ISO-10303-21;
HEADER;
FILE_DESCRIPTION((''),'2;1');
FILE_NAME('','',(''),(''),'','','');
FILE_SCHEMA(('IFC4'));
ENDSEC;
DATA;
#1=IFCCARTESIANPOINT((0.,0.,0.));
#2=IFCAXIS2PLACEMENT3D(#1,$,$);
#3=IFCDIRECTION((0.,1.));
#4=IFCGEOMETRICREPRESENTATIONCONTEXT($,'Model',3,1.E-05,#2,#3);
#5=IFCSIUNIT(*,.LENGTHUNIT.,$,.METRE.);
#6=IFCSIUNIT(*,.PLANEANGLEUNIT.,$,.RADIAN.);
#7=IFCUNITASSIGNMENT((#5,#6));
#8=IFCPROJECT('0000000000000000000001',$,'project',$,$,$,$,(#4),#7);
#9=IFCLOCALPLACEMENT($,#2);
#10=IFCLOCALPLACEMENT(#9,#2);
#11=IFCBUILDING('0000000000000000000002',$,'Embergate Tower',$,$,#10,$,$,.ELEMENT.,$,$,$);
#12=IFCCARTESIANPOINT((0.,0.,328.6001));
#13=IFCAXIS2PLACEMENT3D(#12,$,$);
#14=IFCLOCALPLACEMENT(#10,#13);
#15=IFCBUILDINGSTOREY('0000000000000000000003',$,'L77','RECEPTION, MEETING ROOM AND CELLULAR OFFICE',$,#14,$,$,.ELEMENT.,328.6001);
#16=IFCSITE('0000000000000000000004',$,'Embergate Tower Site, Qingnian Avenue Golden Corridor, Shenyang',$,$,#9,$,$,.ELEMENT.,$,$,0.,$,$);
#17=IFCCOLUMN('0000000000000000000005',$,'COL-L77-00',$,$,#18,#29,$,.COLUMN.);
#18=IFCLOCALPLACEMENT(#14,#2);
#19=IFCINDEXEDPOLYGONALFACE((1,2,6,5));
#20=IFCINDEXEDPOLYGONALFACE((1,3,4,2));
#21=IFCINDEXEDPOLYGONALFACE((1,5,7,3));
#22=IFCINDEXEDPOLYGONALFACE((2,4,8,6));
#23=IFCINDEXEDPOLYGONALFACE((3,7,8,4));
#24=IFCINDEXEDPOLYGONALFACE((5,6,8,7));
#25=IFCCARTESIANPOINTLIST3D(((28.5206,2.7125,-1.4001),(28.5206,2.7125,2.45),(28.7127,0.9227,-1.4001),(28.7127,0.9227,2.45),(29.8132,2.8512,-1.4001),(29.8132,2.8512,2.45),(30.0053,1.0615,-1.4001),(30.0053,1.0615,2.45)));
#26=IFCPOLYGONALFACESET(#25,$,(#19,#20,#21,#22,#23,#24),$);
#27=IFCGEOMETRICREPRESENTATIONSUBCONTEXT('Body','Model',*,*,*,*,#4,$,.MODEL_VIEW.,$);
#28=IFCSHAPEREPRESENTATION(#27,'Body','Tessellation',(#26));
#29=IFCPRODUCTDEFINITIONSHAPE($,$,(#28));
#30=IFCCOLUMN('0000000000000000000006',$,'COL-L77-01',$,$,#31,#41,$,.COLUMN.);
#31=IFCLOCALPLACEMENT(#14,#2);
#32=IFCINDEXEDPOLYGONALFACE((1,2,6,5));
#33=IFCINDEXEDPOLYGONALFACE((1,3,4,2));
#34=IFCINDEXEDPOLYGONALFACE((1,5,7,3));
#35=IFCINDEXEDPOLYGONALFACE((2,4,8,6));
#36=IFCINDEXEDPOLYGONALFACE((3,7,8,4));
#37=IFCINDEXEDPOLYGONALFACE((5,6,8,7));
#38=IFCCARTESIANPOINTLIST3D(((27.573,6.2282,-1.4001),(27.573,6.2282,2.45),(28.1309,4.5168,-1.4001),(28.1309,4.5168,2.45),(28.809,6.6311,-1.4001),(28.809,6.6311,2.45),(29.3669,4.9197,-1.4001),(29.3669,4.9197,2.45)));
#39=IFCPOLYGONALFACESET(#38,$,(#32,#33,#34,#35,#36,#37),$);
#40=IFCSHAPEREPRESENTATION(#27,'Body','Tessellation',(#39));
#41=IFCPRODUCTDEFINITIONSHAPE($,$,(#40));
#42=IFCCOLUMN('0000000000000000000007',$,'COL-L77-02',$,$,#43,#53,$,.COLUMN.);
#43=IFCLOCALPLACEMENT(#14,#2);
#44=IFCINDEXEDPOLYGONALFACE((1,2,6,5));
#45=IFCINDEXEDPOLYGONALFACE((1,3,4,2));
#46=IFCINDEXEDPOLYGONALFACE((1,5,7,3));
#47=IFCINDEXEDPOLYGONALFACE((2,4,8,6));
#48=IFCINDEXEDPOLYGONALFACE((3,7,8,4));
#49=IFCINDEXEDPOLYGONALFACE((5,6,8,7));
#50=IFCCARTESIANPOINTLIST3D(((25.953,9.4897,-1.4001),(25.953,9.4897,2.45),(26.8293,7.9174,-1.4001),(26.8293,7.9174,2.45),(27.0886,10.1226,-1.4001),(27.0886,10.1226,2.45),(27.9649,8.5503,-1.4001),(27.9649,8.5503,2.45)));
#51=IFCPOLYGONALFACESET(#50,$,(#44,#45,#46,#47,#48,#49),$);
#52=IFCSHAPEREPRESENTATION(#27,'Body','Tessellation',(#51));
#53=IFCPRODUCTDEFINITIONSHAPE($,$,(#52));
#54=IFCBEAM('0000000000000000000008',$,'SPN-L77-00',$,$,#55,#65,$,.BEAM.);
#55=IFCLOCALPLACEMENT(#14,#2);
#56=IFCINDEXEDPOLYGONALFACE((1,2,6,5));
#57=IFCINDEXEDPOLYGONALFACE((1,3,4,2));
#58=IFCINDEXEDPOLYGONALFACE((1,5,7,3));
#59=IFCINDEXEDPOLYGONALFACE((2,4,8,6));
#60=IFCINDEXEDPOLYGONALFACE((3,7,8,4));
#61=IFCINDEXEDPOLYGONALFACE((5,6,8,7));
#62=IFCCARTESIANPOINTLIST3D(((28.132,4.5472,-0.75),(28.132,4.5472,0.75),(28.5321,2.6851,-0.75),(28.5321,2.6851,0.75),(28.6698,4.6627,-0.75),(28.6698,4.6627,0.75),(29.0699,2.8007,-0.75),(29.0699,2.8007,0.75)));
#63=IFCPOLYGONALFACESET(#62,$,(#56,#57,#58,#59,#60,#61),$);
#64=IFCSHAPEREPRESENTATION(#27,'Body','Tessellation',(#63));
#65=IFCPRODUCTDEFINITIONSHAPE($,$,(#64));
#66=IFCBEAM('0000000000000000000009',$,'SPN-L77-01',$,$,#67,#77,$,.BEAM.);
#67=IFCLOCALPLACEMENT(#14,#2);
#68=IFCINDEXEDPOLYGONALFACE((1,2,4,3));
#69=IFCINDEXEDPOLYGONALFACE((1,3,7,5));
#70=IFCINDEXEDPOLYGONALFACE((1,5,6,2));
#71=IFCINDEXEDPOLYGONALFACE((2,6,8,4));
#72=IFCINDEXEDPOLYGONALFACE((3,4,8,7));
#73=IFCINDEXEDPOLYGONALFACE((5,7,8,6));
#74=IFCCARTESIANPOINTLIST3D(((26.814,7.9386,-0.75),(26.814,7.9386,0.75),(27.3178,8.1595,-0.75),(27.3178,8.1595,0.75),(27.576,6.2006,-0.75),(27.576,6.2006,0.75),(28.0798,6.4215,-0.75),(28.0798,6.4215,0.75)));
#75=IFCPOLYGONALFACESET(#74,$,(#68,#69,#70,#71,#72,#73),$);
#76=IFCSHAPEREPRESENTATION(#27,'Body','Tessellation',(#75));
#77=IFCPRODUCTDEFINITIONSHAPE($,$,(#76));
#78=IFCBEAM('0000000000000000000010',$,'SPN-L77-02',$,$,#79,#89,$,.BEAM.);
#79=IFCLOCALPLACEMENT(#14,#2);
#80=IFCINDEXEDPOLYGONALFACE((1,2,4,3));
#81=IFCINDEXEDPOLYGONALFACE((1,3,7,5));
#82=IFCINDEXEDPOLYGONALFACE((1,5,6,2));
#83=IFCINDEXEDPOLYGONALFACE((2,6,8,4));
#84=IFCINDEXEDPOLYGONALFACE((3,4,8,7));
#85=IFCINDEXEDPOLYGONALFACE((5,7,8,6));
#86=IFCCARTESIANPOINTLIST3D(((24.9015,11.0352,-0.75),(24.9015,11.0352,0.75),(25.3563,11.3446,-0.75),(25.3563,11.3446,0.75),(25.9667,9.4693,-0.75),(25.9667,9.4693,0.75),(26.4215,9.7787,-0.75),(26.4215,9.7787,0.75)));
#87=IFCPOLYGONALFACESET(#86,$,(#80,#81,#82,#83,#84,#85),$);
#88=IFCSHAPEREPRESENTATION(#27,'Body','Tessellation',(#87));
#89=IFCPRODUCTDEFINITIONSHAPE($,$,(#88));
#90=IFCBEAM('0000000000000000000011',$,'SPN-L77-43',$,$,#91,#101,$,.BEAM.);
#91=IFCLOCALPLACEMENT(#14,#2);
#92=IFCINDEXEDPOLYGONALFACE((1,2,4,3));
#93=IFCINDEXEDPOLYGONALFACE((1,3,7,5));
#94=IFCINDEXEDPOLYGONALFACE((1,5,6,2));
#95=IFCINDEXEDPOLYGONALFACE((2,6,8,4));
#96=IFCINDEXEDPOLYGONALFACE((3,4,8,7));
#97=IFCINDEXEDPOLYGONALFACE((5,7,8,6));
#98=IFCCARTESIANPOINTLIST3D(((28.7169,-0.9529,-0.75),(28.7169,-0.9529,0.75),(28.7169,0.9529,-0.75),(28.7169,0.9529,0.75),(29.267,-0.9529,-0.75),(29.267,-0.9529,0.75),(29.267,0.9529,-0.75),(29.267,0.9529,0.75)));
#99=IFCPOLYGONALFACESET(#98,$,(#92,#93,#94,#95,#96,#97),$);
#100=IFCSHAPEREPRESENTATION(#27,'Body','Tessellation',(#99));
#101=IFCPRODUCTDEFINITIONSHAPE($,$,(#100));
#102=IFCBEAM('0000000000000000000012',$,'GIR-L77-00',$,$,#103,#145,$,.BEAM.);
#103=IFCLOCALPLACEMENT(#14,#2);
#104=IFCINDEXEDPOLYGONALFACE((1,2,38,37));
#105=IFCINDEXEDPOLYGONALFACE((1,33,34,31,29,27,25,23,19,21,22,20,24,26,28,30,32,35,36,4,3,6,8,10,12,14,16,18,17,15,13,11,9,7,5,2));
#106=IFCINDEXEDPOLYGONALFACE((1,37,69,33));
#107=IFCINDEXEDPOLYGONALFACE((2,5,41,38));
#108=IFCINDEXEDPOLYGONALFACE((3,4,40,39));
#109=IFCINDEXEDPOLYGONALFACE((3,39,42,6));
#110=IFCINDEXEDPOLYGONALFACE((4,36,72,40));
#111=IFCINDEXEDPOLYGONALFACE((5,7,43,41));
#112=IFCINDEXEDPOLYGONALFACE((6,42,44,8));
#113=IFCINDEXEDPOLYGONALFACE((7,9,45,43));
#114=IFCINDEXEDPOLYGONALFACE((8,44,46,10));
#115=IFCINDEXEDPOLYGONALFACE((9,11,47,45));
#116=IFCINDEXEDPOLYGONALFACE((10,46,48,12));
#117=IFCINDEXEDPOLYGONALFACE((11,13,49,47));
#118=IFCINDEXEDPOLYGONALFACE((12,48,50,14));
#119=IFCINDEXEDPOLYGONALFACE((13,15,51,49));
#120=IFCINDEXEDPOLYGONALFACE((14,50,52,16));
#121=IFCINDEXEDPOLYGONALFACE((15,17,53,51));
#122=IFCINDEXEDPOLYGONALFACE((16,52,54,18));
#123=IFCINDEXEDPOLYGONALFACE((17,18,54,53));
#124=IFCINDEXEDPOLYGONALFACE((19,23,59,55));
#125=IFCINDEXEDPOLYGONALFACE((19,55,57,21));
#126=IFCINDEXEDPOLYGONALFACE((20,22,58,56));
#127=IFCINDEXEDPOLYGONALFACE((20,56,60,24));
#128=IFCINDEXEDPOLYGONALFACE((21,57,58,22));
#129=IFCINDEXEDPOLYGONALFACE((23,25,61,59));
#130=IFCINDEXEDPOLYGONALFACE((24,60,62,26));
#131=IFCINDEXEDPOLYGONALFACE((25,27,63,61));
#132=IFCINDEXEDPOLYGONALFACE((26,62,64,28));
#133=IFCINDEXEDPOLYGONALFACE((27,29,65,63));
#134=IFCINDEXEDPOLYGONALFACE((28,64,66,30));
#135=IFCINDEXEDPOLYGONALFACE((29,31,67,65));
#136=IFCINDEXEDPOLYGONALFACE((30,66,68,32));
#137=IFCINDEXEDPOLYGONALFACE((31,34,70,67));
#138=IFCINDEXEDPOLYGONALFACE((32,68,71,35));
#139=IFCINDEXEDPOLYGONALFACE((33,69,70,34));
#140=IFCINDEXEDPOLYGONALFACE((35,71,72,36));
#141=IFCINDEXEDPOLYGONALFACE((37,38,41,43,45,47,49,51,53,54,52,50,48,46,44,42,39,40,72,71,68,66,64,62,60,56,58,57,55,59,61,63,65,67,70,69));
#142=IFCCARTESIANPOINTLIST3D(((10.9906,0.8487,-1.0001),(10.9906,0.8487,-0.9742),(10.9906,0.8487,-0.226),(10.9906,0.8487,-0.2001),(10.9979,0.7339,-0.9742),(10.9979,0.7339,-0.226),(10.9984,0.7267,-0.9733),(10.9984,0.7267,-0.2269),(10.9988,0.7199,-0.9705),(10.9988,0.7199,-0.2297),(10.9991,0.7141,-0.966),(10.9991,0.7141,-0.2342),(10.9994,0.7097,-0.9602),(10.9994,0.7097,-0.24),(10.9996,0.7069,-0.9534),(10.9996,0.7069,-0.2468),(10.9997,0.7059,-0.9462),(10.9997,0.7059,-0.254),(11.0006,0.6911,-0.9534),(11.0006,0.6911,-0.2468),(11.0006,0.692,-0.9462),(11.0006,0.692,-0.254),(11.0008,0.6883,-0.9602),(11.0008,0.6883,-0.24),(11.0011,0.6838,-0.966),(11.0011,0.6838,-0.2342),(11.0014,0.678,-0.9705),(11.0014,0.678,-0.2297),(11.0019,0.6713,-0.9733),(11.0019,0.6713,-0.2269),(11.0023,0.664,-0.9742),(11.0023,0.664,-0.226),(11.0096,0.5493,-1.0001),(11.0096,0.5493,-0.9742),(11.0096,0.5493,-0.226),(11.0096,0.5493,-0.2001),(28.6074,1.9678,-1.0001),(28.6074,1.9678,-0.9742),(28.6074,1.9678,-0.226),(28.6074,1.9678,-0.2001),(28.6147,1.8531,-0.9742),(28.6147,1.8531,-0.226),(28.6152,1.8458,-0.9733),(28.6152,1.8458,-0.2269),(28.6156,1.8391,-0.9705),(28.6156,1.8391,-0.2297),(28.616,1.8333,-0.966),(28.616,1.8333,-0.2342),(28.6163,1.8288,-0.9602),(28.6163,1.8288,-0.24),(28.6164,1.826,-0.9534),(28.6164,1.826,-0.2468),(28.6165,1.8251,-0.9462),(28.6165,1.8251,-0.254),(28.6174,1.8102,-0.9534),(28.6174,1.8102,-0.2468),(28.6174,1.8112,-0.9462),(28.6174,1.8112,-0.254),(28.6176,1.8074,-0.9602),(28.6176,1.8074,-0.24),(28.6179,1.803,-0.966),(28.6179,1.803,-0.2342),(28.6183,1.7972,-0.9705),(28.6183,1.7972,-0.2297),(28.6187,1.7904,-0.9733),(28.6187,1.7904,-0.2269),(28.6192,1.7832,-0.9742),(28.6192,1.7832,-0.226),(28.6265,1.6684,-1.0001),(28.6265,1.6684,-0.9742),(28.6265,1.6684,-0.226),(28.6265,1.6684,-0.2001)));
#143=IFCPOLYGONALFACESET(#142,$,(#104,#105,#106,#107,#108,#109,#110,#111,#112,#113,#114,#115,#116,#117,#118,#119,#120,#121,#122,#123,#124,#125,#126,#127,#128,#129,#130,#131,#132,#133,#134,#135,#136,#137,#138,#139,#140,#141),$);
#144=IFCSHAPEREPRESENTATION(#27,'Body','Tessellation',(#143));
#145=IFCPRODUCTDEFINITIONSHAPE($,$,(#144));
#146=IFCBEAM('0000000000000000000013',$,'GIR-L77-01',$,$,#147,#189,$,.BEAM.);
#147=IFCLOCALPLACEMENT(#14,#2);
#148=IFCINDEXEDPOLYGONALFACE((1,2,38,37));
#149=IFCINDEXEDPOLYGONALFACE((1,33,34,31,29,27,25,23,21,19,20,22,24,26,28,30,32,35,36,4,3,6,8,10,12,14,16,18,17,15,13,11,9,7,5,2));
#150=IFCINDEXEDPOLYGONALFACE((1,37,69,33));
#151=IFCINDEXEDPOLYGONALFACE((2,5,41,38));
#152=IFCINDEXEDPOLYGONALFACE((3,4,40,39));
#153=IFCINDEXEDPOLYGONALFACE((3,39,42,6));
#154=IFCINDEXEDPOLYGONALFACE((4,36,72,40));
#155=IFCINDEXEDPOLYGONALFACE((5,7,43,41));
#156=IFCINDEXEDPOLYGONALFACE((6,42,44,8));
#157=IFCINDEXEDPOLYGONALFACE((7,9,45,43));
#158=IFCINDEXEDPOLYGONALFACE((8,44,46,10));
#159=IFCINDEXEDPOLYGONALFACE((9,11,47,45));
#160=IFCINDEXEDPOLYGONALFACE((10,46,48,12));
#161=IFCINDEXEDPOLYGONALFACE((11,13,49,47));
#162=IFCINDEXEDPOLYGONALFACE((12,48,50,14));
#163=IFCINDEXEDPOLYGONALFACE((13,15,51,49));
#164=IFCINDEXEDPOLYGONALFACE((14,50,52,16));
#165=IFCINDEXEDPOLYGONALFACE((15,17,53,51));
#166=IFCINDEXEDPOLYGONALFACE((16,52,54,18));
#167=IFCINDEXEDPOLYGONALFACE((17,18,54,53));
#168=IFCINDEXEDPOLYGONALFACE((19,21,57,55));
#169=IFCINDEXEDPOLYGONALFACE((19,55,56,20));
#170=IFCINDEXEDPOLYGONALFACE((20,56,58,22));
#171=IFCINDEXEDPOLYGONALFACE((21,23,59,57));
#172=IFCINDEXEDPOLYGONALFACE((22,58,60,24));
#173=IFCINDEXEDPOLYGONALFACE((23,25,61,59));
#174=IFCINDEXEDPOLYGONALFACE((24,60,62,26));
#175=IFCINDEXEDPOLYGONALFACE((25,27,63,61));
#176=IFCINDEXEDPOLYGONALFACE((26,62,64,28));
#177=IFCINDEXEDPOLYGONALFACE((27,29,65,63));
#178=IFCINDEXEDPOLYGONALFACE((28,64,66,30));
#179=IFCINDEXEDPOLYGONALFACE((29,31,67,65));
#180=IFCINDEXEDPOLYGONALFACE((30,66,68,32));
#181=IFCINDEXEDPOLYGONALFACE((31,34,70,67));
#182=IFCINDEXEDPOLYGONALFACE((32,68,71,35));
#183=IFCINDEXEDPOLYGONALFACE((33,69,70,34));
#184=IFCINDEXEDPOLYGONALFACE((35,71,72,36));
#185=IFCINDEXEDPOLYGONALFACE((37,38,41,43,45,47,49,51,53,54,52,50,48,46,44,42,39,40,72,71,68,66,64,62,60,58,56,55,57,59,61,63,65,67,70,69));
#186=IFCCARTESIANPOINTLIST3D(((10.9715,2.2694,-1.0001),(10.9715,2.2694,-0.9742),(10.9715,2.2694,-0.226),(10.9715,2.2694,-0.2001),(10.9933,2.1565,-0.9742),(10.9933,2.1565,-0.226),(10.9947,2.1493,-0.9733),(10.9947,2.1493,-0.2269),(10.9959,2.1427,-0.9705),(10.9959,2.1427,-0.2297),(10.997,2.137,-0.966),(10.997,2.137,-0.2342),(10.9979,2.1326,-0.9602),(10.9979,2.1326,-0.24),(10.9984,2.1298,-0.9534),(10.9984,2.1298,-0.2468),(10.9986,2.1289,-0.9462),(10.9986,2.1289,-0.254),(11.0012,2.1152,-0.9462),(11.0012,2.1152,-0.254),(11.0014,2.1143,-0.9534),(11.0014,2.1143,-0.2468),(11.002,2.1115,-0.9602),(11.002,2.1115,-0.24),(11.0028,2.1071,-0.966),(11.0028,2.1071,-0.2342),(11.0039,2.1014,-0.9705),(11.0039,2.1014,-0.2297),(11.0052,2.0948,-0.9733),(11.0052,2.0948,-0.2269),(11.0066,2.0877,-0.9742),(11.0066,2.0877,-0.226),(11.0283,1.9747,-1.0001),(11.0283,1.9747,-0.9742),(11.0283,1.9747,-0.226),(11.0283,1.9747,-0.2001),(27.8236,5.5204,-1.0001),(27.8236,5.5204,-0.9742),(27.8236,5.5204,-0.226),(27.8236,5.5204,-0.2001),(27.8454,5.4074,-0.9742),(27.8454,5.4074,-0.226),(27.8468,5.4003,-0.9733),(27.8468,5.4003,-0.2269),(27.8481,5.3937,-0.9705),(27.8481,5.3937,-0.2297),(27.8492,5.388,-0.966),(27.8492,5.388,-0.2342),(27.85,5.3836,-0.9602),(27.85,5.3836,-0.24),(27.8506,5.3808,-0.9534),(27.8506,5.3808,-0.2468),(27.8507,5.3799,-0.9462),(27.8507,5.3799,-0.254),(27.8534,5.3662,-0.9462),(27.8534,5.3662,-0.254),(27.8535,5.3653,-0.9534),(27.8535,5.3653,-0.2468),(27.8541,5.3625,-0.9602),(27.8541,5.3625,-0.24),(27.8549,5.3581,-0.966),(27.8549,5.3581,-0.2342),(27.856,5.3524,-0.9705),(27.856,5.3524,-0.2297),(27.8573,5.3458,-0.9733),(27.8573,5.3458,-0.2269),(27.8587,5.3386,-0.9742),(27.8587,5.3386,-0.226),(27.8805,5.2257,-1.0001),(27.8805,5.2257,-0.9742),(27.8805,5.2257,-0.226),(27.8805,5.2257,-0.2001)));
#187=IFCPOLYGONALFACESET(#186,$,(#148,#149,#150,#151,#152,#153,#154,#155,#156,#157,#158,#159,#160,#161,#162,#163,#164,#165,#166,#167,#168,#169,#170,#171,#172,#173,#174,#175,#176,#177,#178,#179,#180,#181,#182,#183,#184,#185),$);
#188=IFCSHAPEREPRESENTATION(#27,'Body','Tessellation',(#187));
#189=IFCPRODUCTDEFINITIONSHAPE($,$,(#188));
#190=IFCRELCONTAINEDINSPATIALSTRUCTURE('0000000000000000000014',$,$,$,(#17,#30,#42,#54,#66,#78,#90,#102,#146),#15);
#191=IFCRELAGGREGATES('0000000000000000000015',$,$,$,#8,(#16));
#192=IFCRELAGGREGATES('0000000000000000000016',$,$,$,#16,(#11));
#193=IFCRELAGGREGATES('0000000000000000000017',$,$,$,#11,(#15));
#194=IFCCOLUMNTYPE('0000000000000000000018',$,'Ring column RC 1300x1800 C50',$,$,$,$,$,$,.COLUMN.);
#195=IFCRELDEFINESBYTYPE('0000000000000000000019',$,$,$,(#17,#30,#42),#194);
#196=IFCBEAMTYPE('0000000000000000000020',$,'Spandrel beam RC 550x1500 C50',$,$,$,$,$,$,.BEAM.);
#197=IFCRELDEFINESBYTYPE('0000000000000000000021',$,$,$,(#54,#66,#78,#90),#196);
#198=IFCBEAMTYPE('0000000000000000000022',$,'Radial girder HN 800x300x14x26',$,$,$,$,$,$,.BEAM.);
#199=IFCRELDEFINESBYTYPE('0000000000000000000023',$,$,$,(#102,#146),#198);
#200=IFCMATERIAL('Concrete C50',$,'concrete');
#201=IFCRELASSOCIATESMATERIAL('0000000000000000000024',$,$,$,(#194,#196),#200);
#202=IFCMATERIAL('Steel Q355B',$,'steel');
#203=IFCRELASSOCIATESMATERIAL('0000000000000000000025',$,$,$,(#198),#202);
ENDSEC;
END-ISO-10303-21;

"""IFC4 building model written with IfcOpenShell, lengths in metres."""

from ifc_helpers import new_model, si_unit, direction, frame, origin, origin_2d, place, context, subcontext, project, spatial, rectangle, i_section, extrude, source, transform, mapped, material, material_profile, profile_set, type_object, element, save


model = new_model("IFC4")

# Units and contexts
model_context = context("Model", 3, precision=1e-05, world=origin(), true_north=direction((0.0, 1.0)))
body_context = subcontext(model_context, "Body", "Model", "MODEL_VIEW")
ifc_project = project(units=[si_unit("LENGTHUNIT", "METRE"), si_unit("PLANEANGLEUNIT", "RADIAN")], contexts=[model_context])

# Site, building, storey
site_placement = place(None, origin())
site = spatial("IfcSite", under=ifc_project, at=site_placement, Name="Embergate Tower Site, Qingnian Avenue Golden Corridor, Shenyang", CompositionType="ELEMENT", RefElevation=0.0)
building_placement = place(site_placement, origin())
building = spatial("IfcBuilding", under=site, at=building_placement, Name="Embergate Tower", CompositionType="ELEMENT")
storey_placement = place(building_placement, frame((0.0, 0.0, 328.6001)))
storey = spatial("IfcBuildingStorey", under=building, at=storey_placement, Name="L77", Description="RECEPTION, MEETING ROOM AND CELLULAR OFFICE", CompositionType="ELEMENT", Elevation=328.6001)

# Columns
ifc_material_1 = material(Name="Concrete C50", Category="concrete")
ifc_material_profile_1 = material_profile(ifc_material_1, rectangle(XDim=1.3, YDim=1.8, at=origin_2d()), Name="RC 1300x1800")
ifc_profile_set_1 = profile_set([ifc_material_profile_1], Name="Concrete C50")
column_type = type_object("IfcColumnType", Name="Ring column RC 1300x1800 C50", PredefinedType="COLUMN", material=ifc_profile_set_1)
shared_shape_1 = source(origin(), body_context, "Body", "SweptSolid", [
    extrude(rectangle(XDim=1.3, YDim=1.8, at=origin_2d()), origin(), (0.0, 0.0, 1.0), 3.8501),
])
for number, where, z_axis, x_axis, name in (
    (1, (29.2629, 1.887, -1.4001), (0.0, 0.0, 1.0), (0.994286, 0.10675, 0.0), "COL-L77-00"),
    (2, (28.47, 5.574, -1.4001), (0.0, 0.0, 1.0), (0.950754, 0.309946, 0.0), "COL-L77-01"),
    (3, (26.959, 9.02, -1.4001), (0.0, 0.0, 1.0), (0.8735, 0.486823, 0.0), "COL-L77-02"),
):
    element("IfcColumn", number, at=place(storey_placement, frame(where, z_axis=z_axis, x_axis=x_axis)), inside=storey, type_object=column_type, Name=name, PredefinedType="COLUMN", context=body_context, shape_type="MappedRepresentation", body=[
        mapped(shared_shape_1, transform((0.0, 0.0, 0.0))),
    ])

# Beams
ifc_material_profile_2 = material_profile(ifc_material_1, rectangle(XDim=0.55, YDim=1.5, at=origin_2d()), Name="RC 550x1500")
ifc_profile_set_2 = profile_set([ifc_material_profile_2], Name="Concrete C50")
beam_type_1 = type_object("IfcBeamType", Name="Spandrel beam RC 550x1500 C50", PredefinedType="BEAM", material=ifc_profile_set_2)
shared_shape_2 = source(origin(), body_context, "Body", "SweptSolid", [
    extrude(rectangle(XDim=0.55, YDim=1.5, at=origin_2d()), origin(), (0.0, 0.0, 1.0), 1.9045),
])
beam_1_placement = place(storey_placement, frame((28.801, 2.7429, 0.0), z_axis=(-0.210098, 0.97768, 0.0), x_axis=(-0.97768, -0.210098, 0.0)))
element("IfcBeam", 4, at=beam_1_placement, inside=storey, type_object=beam_type_1, Name="SPN-L77-00", PredefinedType="BEAM", context=body_context, shape_type="MappedRepresentation", body=[
    mapped(shared_shape_2, transform((0.0, 0.0, 0.0))),
])
shared_shape_3 = source(origin(), body_context, "Body", "SweptSolid", [
    extrude(rectangle(XDim=0.55, YDim=1.5, at=origin_2d()), origin(), (0.0, 0.0, 1.0), 1.8977),
])
beam_2_placement = place(storey_placement, frame((27.8279, 6.311, 0.0), z_axis=(-0.401514, 0.915853, 0.0), x_axis=(-0.915853, -0.401514, 0.0)))
element("IfcBeam", 5, at=beam_2_placement, inside=storey, type_object=beam_type_1, Name="SPN-L77-01", PredefinedType="BEAM", context=body_context, shape_type="MappedRepresentation", body=[
    mapped(shared_shape_3, transform((0.0, 0.0, 0.0))),
])
shared_shape_4 = source(origin(), body_context, "Body", "SweptSolid", [
    extrude(rectangle(XDim=0.55, YDim=1.5, at=origin_2d()), origin(), (0.0, 0.0, 1.0), 1.8938),
])
beam_3_placement = place(storey_placement, frame((26.1941, 9.624, 0.0), z_axis=(-0.56244, 0.826838, 0.0), x_axis=(-0.826838, -0.56244, 0.0)))
element("IfcBeam", 6, at=beam_3_placement, inside=storey, type_object=beam_type_1, Name="SPN-L77-02", PredefinedType="BEAM", context=body_context, shape_type="MappedRepresentation", body=[
    mapped(shared_shape_4, transform((0.0, 0.0, 0.0))),
])
shared_shape_5 = source(origin(), body_context, "Body", "SweptSolid", [
    extrude(rectangle(XDim=0.55, YDim=1.5, at=origin_2d()), origin(), (0.0, 0.0, 1.0), 1.9058),
])
beam_4_placement = place(storey_placement, frame((28.9919, -0.9529, 0.0), z_axis=(0.0, 1.0, 0.0), x_axis=(-1.0, 0.0, 0.0)))
element("IfcBeam", 7, at=beam_4_placement, inside=storey, type_object=beam_type_1, Name="SPN-L77-43", PredefinedType="BEAM", context=body_context, shape_type="MappedRepresentation", body=[
    mapped(shared_shape_5, transform((0.0, 0.0, 0.0))),
])
ifc_material_2 = material(Name="Steel Q355B", Category="steel")
ifc_material_profile_3 = material_profile(ifc_material_2, i_section(OverallWidth=0.3, OverallDepth=0.8, WebThickness=0.0139, FlangeThickness=0.0259, FilletRadius=0.0281, at=origin_2d()), Name="HN 800x300x14x26")
ifc_profile_set_3 = profile_set([ifc_material_profile_3], Name="Steel Q355 grade B")
beam_type_2 = type_object("IfcBeamType", Name="Radial girder HN 800x300x14x26", PredefinedType="BEAM", material=ifc_profile_set_3)
shared_shape_6 = source(origin(), body_context, "Body", "SweptSolid", [
    extrude(i_section(OverallWidth=0.3, OverallDepth=0.8, WebThickness=0.0139, FlangeThickness=0.0259, FilletRadius=0.0281, at=origin_2d()), origin(), (0.0, 0.0, 1.0), 17.6523),
])
beam_5_placement = place(storey_placement, frame((28.6169, 1.8181, -0.6001), z_axis=(-0.997988, -0.063399, 0.0), x_axis=(0.063399, -0.997988, 0.0)))
element("IfcBeam", 8, at=beam_5_placement, inside=storey, type_object=beam_type_2, Name="GIR-L77-00", PredefinedType="BEAM", context=body_context, shape_type="MappedRepresentation", body=[
    mapped(shared_shape_6, transform((0.0, 0.0, 0.0))),
])
shared_shape_7 = source(origin(), body_context, "Body", "SweptSolid", [
    extrude(i_section(OverallWidth=0.3, OverallDepth=0.8, WebThickness=0.0139, FlangeThickness=0.0259, FilletRadius=0.0281, at=origin_2d()), origin(), (0.0, 0.0, 1.0), 17.1628),
])
beam_6_placement = place(storey_placement, frame((27.8521, 5.373, -0.6001), z_axis=(-0.981896, -0.18942, 0.0), x_axis=(0.18942, -0.981896, 0.0)))
element("IfcBeam", 9, at=beam_6_placement, inside=storey, type_object=beam_type_2, Name="GIR-L77-01", PredefinedType="BEAM", context=body_context, shape_type="MappedRepresentation", body=[
    mapped(shared_shape_7, transform((0.0, 0.0, 0.0))),
])

save(model, "model.ifc")
